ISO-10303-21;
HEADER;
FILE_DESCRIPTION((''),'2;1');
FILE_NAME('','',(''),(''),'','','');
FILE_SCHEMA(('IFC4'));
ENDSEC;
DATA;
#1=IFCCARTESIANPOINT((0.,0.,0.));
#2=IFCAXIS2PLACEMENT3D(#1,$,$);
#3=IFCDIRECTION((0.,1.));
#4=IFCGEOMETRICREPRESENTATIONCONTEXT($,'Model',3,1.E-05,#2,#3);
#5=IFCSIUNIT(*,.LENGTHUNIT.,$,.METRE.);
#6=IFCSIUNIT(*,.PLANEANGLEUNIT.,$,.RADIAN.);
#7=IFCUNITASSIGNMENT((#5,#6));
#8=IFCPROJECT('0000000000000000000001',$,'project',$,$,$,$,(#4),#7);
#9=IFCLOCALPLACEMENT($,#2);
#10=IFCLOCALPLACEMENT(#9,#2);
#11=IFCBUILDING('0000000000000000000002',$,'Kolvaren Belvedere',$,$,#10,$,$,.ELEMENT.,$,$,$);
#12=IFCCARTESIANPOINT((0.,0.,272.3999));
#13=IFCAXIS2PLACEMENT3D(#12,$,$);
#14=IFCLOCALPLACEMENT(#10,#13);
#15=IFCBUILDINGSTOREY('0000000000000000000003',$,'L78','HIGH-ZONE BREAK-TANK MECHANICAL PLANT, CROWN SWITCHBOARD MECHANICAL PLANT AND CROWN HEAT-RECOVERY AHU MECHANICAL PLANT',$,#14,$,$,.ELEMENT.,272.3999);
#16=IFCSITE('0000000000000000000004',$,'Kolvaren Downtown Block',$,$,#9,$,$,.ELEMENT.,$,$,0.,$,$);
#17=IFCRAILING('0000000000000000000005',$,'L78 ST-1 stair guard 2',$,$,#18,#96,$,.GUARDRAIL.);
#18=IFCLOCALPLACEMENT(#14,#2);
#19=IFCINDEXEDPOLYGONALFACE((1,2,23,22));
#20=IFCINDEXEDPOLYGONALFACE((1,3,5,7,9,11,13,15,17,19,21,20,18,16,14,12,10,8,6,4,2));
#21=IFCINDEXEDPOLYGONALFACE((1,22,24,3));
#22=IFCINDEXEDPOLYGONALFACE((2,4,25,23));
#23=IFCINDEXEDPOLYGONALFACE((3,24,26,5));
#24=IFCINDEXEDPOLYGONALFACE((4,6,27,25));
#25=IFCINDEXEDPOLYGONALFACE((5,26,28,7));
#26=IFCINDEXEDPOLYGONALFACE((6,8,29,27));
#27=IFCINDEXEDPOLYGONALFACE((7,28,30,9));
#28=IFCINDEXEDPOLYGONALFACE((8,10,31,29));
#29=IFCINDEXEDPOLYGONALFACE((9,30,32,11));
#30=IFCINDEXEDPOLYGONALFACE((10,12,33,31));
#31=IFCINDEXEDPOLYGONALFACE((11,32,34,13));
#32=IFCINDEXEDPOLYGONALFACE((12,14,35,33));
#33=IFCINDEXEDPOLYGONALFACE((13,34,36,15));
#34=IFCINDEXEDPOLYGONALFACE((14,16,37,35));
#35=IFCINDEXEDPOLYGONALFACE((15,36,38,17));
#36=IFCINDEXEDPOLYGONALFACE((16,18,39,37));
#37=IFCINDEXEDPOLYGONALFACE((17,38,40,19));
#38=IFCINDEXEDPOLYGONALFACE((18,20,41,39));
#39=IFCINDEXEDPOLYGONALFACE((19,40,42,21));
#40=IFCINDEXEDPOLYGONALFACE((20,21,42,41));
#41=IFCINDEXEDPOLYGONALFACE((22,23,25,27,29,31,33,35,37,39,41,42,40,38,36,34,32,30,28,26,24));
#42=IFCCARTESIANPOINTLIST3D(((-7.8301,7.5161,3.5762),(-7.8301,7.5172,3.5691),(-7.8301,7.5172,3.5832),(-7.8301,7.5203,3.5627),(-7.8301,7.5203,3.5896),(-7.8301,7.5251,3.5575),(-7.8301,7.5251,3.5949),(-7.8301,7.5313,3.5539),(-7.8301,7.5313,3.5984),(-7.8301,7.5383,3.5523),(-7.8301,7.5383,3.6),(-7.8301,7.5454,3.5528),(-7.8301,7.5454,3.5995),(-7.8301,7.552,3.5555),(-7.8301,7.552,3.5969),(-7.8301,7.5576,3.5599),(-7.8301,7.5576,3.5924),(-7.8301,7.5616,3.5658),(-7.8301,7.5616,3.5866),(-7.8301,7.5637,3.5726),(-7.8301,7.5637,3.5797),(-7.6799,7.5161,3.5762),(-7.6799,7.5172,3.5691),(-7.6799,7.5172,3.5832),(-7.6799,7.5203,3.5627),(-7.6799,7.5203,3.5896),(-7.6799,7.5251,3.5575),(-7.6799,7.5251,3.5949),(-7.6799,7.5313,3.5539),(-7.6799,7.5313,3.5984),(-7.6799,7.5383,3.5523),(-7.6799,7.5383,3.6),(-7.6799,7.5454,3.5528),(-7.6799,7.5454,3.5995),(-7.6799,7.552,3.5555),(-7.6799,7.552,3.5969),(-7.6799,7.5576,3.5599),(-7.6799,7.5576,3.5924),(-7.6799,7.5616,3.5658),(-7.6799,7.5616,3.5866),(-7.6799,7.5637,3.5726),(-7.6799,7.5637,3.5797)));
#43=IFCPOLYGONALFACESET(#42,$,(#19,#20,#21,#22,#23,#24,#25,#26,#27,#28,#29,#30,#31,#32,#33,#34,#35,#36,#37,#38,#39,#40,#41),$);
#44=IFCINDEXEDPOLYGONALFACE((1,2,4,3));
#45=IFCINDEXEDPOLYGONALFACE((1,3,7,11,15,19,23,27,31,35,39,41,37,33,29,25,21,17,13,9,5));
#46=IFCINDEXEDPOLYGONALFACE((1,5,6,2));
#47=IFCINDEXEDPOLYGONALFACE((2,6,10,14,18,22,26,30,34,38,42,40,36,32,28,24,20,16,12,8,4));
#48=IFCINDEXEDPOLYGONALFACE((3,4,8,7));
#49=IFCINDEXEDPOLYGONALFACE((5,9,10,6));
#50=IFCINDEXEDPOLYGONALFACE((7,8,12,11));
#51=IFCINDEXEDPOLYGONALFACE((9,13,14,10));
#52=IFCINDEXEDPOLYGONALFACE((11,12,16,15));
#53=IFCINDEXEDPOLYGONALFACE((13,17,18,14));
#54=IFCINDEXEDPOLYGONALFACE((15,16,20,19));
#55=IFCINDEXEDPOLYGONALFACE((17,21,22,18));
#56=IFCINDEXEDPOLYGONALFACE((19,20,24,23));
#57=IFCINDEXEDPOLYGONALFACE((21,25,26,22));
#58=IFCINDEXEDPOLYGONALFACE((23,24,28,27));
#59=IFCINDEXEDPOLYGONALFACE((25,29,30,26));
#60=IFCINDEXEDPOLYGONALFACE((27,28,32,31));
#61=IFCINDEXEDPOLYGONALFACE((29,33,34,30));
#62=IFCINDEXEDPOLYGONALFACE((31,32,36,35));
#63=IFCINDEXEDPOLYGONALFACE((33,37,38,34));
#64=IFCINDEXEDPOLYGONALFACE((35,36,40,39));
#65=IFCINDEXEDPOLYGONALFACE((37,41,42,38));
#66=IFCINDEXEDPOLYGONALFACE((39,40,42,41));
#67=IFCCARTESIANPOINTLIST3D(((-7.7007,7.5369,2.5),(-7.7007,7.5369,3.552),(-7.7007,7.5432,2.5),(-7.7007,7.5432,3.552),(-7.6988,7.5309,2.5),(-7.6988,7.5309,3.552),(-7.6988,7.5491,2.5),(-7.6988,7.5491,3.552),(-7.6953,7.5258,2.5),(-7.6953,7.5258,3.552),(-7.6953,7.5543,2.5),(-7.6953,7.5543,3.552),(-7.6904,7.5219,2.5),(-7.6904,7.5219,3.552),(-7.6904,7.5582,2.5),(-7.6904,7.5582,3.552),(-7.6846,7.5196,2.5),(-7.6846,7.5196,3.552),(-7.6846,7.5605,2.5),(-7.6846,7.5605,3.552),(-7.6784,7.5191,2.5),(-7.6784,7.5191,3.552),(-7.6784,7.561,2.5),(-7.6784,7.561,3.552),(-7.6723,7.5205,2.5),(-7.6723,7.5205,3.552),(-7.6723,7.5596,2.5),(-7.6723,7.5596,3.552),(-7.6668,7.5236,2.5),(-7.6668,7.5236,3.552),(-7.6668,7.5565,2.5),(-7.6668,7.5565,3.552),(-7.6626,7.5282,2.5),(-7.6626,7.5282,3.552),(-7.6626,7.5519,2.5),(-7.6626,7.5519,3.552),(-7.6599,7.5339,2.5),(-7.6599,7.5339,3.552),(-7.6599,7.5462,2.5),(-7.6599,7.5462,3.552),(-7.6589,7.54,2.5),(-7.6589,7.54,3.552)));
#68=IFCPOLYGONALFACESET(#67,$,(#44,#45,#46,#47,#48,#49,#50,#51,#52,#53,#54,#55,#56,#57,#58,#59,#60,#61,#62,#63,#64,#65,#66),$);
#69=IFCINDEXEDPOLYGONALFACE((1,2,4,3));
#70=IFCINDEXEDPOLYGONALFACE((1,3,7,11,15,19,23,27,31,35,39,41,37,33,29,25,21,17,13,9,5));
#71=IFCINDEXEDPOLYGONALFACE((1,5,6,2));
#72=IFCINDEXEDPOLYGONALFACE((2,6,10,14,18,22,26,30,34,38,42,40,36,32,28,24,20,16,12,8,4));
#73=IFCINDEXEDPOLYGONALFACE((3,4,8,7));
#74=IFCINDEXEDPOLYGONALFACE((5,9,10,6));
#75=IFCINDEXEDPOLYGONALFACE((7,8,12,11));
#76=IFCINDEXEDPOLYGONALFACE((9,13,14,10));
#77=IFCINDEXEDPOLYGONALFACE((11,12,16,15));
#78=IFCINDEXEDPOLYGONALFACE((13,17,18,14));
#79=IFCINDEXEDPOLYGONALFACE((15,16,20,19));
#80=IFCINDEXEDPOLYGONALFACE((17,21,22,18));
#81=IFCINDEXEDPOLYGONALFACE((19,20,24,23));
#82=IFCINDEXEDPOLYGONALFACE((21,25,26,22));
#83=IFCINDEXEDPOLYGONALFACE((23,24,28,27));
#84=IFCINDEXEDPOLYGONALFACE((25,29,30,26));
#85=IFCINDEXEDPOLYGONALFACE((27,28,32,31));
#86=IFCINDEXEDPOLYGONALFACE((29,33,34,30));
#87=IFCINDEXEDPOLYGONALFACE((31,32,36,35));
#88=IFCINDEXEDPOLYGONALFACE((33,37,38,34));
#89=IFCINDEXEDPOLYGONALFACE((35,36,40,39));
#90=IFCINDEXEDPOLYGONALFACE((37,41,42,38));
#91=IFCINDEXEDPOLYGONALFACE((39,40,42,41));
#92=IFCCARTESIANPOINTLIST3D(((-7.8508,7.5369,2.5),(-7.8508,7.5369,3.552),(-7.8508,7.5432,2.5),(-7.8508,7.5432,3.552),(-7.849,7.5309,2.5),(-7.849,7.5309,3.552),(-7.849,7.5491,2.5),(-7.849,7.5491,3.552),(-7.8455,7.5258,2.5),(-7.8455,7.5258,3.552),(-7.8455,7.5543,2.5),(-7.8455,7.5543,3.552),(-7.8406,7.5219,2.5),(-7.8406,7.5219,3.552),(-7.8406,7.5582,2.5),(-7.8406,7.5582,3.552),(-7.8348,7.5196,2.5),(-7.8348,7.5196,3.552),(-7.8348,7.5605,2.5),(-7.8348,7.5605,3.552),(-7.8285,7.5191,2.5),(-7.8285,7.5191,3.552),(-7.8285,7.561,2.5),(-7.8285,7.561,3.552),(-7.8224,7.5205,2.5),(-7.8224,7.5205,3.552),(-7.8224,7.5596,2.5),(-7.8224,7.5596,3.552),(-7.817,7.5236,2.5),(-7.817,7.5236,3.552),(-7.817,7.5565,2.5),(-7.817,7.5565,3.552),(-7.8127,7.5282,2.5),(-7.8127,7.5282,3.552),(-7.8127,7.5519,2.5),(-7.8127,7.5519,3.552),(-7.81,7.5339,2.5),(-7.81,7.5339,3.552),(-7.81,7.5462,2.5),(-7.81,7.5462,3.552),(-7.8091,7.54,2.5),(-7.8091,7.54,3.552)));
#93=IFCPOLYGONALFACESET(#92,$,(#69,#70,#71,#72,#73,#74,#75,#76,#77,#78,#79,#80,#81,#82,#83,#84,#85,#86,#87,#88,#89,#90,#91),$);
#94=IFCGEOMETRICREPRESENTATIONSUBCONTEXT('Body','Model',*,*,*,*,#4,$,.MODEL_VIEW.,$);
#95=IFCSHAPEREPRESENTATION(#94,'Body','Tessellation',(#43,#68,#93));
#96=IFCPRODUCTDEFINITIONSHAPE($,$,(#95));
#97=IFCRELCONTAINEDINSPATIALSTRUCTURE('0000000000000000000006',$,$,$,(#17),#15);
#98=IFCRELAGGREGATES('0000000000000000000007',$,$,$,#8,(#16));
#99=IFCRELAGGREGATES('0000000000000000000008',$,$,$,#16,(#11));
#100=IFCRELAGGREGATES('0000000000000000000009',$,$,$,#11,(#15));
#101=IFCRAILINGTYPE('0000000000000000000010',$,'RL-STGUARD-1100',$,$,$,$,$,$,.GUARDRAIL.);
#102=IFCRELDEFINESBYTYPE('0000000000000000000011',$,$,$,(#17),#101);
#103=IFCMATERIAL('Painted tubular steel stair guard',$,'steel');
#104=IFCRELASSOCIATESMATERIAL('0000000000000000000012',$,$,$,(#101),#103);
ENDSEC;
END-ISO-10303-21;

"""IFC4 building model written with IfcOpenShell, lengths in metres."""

from ifc_helpers import new_model, si_unit, direction, frame, origin, origin_2d, place, context, subcontext, project, spatial, circle, extrude, material, type_object, element, save


model = new_model("IFC4")

# Units and contexts
model_context = context("Model", 3, precision=1e-05, world=origin(), true_north=direction((0.0, 1.0)))
body_context = subcontext(model_context, "Body", "Model", "MODEL_VIEW")
ifc_project = project(units=[si_unit("LENGTHUNIT", "METRE"), si_unit("PLANEANGLEUNIT", "RADIAN")], contexts=[model_context])

# Site, building, storey
site_placement = place(None, origin())
site = spatial("IfcSite", under=ifc_project, at=site_placement, Name="Kolvaren Downtown Block", CompositionType="ELEMENT", RefElevation=0.0)
building_placement = place(site_placement, origin())
building = spatial("IfcBuilding", under=site, at=building_placement, Name="Kolvaren Belvedere", CompositionType="ELEMENT")
storey_placement = place(building_placement, frame((0.0, 0.0, 272.3999)))
storey = spatial("IfcBuildingStorey", under=building, at=storey_placement, Name="L78", Description="HIGH-ZONE BREAK-TANK MECHANICAL PLANT, CROWN SWITCHBOARD MECHANICAL PLANT AND CROWN HEAT-RECOVERY AHU MECHANICAL PLANT", CompositionType="ELEMENT", Elevation=272.3999)

# Railing
ifc_material_1 = material(Name="Painted tubular steel stair guard", Category="steel")
railing_type_1 = type_object("IfcRailingType", Name="RL-STGUARD-1100", PredefinedType="GUARDRAIL", material=ifc_material_1)
railing_1_placement = place(storey_placement, frame((-7.6799, 7.54, 2.5)))
element("IfcRailing", 1, at=railing_1_placement, inside=storey, type_object=railing_type_1, Name="L78 ST-1 stair guard 2", PredefinedType="GUARDRAIL", context=body_context, shape_type="SweptSolid", body=[
    extrude(circle(Radius=0.0239, at=origin_2d()), frame((0.0, 0.0, 1.0762), z_axis=(-1.0, 0.0, 0.0), x_axis=(0.0, -1.0, 0.0)), (0.0, 0.0, 1.0), 0.1501),
    extrude(circle(Radius=0.021, at=origin_2d()), origin(), (0.0, 0.0, 1.0), 1.052),
    extrude(circle(Radius=0.021, at=origin_2d()), frame((-0.1501, 0.0, 0.0)), (0.0, 0.0, 1.0), 1.052),
])

save(model, "model.ifc")
